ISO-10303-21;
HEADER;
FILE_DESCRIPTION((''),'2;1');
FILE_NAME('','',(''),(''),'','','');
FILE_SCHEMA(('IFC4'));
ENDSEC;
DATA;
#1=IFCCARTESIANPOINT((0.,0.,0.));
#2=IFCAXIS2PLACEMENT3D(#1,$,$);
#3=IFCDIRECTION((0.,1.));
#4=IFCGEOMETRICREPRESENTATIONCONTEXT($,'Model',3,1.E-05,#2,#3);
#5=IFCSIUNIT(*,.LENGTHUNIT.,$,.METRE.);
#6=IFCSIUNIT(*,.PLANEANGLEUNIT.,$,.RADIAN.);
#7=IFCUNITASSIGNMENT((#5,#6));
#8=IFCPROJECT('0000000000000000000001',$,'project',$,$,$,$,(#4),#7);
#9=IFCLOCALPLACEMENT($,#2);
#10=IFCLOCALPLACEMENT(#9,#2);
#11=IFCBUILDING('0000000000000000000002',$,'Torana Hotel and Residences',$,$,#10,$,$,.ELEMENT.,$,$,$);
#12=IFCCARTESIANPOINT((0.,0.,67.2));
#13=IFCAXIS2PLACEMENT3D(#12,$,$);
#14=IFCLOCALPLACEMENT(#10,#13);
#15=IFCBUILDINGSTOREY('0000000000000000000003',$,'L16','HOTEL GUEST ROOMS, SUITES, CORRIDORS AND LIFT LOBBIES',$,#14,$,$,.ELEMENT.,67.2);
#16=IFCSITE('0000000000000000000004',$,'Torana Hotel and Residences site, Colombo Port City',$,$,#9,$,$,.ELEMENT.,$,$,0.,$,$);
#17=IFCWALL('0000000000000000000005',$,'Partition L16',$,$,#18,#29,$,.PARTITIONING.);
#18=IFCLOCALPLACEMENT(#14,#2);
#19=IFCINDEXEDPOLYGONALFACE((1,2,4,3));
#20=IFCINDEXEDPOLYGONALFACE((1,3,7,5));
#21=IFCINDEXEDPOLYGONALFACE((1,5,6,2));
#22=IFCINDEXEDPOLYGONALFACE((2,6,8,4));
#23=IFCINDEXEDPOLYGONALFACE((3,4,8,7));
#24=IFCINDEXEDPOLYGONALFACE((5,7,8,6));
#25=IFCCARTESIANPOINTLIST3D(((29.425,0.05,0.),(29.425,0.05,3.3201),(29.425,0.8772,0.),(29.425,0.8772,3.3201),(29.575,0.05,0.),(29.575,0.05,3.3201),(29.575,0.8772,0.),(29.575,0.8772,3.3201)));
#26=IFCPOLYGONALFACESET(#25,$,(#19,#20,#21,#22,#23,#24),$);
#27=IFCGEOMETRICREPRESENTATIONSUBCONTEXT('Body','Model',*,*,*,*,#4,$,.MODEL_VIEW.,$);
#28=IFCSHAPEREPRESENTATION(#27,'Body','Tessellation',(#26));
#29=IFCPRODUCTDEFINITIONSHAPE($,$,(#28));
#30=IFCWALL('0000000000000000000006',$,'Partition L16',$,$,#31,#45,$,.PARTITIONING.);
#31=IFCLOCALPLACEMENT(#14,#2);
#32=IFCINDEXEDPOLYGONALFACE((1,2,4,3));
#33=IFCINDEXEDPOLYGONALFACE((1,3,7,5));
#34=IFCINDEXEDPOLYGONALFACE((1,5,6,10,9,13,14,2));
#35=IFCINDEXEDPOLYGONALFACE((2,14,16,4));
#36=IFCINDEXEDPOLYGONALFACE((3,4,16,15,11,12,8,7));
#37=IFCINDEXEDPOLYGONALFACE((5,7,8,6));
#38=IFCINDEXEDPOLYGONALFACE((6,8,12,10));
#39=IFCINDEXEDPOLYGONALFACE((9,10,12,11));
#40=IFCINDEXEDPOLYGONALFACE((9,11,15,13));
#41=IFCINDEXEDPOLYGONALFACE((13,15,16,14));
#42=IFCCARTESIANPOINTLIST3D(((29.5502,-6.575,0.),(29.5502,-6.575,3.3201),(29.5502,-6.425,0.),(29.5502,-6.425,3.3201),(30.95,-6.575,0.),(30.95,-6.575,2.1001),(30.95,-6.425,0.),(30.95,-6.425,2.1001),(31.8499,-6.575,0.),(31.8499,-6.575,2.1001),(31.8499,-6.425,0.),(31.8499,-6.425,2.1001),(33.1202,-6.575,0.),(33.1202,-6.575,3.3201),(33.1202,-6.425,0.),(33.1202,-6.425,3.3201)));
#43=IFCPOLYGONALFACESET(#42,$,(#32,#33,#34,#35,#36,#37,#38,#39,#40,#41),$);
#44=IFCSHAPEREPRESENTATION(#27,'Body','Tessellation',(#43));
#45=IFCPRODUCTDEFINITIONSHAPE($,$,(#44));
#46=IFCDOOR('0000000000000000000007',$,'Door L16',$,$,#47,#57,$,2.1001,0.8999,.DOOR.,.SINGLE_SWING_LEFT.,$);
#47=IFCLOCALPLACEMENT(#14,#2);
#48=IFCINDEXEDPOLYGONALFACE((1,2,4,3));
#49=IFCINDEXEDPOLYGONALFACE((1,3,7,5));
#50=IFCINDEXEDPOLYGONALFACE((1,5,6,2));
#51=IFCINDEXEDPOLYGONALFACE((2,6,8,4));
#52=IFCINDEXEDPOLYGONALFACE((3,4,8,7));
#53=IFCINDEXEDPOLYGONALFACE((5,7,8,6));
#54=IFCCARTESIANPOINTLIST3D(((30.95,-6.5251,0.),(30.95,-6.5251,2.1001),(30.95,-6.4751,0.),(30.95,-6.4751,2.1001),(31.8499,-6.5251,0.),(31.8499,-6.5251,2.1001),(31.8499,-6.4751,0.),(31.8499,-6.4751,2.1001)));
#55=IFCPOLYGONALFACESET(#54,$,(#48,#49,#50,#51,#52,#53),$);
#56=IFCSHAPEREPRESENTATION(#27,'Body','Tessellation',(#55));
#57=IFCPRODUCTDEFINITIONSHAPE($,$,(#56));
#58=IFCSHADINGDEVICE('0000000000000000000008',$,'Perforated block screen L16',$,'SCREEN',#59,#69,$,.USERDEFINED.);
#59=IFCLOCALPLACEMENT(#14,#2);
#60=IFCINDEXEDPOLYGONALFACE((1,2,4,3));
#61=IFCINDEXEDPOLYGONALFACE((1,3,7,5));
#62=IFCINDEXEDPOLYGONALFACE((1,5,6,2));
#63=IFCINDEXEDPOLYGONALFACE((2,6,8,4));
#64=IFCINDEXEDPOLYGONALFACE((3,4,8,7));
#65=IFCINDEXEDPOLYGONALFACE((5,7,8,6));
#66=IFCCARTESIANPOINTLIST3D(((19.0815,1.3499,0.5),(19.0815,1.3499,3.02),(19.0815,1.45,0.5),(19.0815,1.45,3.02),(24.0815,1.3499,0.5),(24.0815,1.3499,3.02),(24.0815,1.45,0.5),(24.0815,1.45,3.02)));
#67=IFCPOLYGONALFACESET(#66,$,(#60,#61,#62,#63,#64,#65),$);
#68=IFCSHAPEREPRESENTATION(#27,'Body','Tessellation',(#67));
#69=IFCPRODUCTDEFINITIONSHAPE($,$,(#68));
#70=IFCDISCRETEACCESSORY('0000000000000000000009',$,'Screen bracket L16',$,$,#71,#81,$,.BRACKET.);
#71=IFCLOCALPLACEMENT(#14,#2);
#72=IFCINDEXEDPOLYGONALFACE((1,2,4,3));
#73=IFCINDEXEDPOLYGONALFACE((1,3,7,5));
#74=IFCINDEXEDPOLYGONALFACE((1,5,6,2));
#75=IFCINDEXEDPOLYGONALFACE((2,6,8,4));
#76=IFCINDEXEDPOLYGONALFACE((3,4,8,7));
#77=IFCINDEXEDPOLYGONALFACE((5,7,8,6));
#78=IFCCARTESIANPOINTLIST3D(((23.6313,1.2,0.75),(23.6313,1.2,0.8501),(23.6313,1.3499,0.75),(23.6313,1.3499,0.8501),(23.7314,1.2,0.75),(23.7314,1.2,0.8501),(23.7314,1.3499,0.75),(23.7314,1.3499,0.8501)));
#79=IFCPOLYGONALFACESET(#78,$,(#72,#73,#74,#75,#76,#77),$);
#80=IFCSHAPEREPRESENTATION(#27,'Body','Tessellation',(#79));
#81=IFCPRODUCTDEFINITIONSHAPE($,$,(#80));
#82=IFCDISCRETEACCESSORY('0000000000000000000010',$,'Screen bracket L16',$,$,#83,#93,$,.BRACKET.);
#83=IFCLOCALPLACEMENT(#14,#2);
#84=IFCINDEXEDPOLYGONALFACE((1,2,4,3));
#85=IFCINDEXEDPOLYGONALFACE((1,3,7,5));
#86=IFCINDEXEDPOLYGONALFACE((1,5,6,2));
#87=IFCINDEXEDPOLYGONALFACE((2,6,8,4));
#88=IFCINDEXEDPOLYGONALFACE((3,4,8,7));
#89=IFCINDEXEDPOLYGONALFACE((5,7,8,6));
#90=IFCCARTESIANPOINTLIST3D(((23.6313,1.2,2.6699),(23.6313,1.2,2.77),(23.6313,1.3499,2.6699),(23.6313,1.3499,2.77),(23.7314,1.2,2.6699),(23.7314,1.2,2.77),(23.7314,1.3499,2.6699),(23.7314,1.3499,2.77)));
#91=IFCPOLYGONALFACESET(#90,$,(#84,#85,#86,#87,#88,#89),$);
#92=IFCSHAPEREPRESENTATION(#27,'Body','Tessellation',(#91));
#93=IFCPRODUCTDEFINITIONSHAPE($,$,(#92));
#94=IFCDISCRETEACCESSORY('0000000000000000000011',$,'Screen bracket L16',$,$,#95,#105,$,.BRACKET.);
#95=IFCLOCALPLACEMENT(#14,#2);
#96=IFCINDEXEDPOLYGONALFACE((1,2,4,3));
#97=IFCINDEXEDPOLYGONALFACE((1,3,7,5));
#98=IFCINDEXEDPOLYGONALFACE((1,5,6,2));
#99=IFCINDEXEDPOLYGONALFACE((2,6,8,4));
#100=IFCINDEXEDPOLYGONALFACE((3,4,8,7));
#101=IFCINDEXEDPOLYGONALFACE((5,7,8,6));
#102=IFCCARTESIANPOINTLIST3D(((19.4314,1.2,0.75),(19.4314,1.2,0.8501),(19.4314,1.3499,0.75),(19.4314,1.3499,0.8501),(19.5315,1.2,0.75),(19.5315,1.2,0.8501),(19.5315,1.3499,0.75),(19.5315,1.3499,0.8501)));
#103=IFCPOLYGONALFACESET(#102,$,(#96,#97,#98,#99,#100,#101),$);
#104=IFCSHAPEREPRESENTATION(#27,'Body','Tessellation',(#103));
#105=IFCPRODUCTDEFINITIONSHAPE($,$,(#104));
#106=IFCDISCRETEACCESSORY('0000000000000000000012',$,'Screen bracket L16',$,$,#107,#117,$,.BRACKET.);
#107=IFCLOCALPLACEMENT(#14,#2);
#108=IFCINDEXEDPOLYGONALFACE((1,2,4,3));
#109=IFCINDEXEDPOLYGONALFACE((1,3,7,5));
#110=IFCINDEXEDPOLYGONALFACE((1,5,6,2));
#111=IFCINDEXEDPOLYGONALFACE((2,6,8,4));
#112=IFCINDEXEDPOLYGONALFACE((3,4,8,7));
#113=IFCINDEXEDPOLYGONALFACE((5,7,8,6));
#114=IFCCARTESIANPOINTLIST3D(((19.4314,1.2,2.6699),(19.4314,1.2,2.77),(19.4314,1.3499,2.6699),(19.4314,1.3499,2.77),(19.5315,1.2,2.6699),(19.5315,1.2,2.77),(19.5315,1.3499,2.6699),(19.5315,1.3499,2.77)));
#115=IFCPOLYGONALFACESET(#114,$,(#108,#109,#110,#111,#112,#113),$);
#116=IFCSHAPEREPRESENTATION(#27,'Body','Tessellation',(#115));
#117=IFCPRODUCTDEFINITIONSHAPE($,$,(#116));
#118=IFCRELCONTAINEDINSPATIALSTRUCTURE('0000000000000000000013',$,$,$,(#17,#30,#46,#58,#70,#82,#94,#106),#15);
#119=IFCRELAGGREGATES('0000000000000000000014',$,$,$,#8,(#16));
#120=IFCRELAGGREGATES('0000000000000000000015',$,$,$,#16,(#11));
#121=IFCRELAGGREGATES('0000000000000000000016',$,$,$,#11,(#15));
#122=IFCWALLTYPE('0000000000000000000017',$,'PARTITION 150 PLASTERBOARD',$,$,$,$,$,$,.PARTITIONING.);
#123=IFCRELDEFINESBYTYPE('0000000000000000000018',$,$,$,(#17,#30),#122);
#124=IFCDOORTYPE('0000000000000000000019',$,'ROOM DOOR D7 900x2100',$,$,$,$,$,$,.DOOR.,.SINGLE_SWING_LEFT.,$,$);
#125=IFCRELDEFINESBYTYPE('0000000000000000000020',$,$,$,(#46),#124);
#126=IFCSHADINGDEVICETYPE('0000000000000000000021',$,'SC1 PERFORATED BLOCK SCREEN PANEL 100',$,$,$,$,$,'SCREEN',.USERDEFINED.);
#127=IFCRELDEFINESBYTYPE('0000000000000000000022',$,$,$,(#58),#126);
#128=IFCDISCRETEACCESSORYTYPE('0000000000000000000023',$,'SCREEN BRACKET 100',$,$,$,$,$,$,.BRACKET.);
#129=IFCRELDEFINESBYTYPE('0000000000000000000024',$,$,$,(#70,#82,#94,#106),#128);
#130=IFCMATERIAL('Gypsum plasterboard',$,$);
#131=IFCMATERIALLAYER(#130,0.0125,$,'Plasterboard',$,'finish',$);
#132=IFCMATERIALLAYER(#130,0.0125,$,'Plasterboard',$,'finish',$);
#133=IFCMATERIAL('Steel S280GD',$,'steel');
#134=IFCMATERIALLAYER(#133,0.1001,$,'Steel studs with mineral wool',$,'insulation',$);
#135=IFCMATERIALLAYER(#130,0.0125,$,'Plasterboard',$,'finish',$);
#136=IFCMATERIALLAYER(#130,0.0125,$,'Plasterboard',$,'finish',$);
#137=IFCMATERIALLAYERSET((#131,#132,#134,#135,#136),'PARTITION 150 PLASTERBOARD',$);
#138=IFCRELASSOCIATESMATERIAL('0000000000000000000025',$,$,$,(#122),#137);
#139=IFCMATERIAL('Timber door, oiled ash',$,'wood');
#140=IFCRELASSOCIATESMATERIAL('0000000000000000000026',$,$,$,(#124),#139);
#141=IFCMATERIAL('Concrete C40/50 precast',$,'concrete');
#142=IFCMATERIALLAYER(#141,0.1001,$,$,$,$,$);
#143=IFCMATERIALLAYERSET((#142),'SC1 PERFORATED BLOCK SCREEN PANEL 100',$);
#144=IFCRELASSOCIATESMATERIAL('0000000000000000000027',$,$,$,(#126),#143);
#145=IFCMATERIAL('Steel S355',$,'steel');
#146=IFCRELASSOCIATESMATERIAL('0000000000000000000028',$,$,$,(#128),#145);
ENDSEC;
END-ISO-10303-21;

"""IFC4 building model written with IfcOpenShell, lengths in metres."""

from ifc_helpers import new_model, si_unit, direction, frame, frame_2d, origin, origin_2d, place, context, subcontext, project, spatial, rectangle, extrude, material, layer, layer_set, type_object, element, fill, save


model = new_model("IFC4")

# Units and contexts
model_context = context("Model", 3, precision=1e-05, world=origin(), true_north=direction((0.0, 1.0)))
body_context = subcontext(model_context, "Body", "Model", "MODEL_VIEW")
ifc_project = project(units=[si_unit("LENGTHUNIT", "METRE"), si_unit("PLANEANGLEUNIT", "RADIAN")], contexts=[model_context])

# Site, building, storey
site_placement = place(None, origin())
site = spatial("IfcSite", under=ifc_project, at=site_placement, Name="Torana Hotel and Residences site, Colombo Port City", CompositionType="ELEMENT", RefElevation=0.0)
building_placement = place(site_placement, origin())
building = spatial("IfcBuilding", under=site, at=building_placement, Name="Torana Hotel and Residences", CompositionType="ELEMENT")
storey_placement = place(building_placement, frame((0.0, 0.0, 67.2)))
storey = spatial("IfcBuildingStorey", under=building, at=storey_placement, Name="L16", Description="HOTEL GUEST ROOMS, SUITES, CORRIDORS AND LIFT LOBBIES", CompositionType="ELEMENT", Elevation=67.2)

# Shared definitions
ifc_material_1 = material(Name="Steel S280GD", Category="steel")

# Wall
ifc_material_2 = material(Name="Gypsum plasterboard")
ifc_layer_1 = layer(ifc_material_2, 0.0125, Name="Plasterboard", Category="finish")
ifc_layer_2 = layer(ifc_material_2, 0.0125, Name="Plasterboard", Category="finish")
ifc_layer_3 = layer(ifc_material_1, 0.1001, Name="Steel studs with mineral wool", Category="insulation")
ifc_layer_4 = layer(ifc_material_2, 0.0125, Name="Plasterboard", Category="finish")
ifc_layer_5 = layer(ifc_material_2, 0.0125, Name="Plasterboard", Category="finish")
ifc_layer_set_1 = layer_set([ifc_layer_1, ifc_layer_2, ifc_layer_3, ifc_layer_4, ifc_layer_5], Name="PARTITION 150 PLASTERBOARD")
wall_type_1 = type_object("IfcWallType", Name="PARTITION 150 PLASTERBOARD", PredefinedType="PARTITIONING", material=ifc_layer_set_1)
wall_1_placement = place(storey_placement, frame((29.5, 0.05, 0.0), z_axis=(0.0, 0.0, 1.0), x_axis=(0.0, 1.0, 0.0)))
element("IfcWall", 1, at=wall_1_placement, inside=storey, type_object=wall_type_1, Name="Partition L16", PredefinedType="PARTITIONING", context=body_context, shape_type="SweptSolid", body=[
    extrude(rectangle(XDim=0.8271, YDim=0.1499, at=frame_2d((0.4136, 0.0))), origin(), (0.0, 0.0, 1.0), 3.3201),
])

# Wall, opening, door
wall_2_placement = place(storey_placement, frame((29.55, -6.5, 0.0), z_axis=(0.0, 0.0, 1.0), x_axis=(1.0, 0.0, 0.0)))
wall_2 = element("IfcWall", 2, at=wall_2_placement, inside=storey, type_object=wall_type_1, Name="Partition L16", PredefinedType="PARTITIONING", context=body_context, shape_type="SweptSolid", body=[
    extrude(rectangle(XDim=3.5701, YDim=0.1499, at=frame_2d((1.7852, 0.0))), origin(), (0.0, 0.0, 1.0), 3.3201),
])
opening_1_placement = place(wall_2_placement, frame((1.3999, 0.0, 0.0)))
opening_1 = element("IfcOpeningElement", 3, at=opening_1_placement, cuts=wall_2, PredefinedType="OPENING", context=body_context, shape_type="SweptSolid", body=[
    extrude(rectangle(XDim=0.8999, YDim=2.1001, at=frame_2d((0.45, 1.05))), frame((0.0, 0.085, 0.0), z_axis=(0.0, -1.0, 0.0), x_axis=(1.0, 0.0, 0.0)), (0.0, 0.0, 1.0), 0.1699),
])
ifc_material_3 = material(Name="Timber door, oiled ash", Category="wood")
door_type = type_object("IfcDoorType", Name="ROOM DOOR D7 900x2100", OperationType="SINGLE_SWING_LEFT", PredefinedType="DOOR", material=ifc_material_3)
door_placement = place(opening_1_placement, origin())
door = element("IfcDoor", 4, at=door_placement, inside=storey, type_object=door_type, Name="Door L16", OperationType="SINGLE_SWING_LEFT", OverallHeight=2.1001, OverallWidth=0.8999, PredefinedType="DOOR", context=body_context, shape_type="SweptSolid", body=[
    extrude(rectangle(XDim=0.8999, YDim=2.1001, at=frame_2d((0.45, 1.05))), frame((0.0, 0.0249, 0.0), z_axis=(0.0, -1.0, 0.0), x_axis=(1.0, 0.0, 0.0)), (0.0, 0.0, 1.0), 0.05),
])
fill(opening_1, door)

# Shading device
ifc_material_4 = material(Name="Concrete C40/50 precast", Category="concrete")
ifc_layer_6 = layer(ifc_material_4, 0.1001)
ifc_layer_set_2 = layer_set([ifc_layer_6], Name="SC1 PERFORATED BLOCK SCREEN PANEL 100")
shading_device_type = type_object("IfcShadingDeviceType", Name="SC1 PERFORATED BLOCK SCREEN PANEL 100", ElementType="SCREEN", PredefinedType="USERDEFINED", material=ifc_layer_set_2)
shading_device_placement = place(storey_placement, frame((21.5815, 1.3999, 0.5), z_axis=(0.0, 0.0, 1.0), x_axis=(-1.0, 0.0, 0.0)))
element("IfcShadingDevice", 5, at=shading_device_placement, inside=storey, type_object=shading_device_type, Name="Perforated block screen L16", ObjectType="SCREEN", PredefinedType="USERDEFINED", context=body_context, shape_type="SweptSolid", body=[
    extrude(rectangle(XDim=5.0, YDim=0.1001, at=origin_2d()), origin(), (0.0, 0.0, 1.0), 2.52),
])

# Discrete accessories
ifc_material_5 = material(Name="Steel S355", Category="steel")
discrete_accessory_type = type_object("IfcDiscreteAccessoryType", Name="SCREEN BRACKET 100", PredefinedType="BRACKET", material=ifc_material_5)
for number, where, z_axis, x_axis, name in (
    (6, (23.6814, 1.2749, 0.75), (0.0, 0.0, 1.0), (-1.0, 0.0, 0.0), "Screen bracket L16"),
    (7, (23.6814, 1.2749, 2.6699), (0.0, 0.0, 1.0), (-1.0, 0.0, 0.0), "Screen bracket L16"),
    (8, (19.4814, 1.2749, 0.75), (0.0, 0.0, 1.0), (-1.0, 0.0, 0.0), "Screen bracket L16"),
    (9, (19.4814, 1.2749, 2.6699), (0.0, 0.0, 1.0), (-1.0, 0.0, 0.0), "Screen bracket L16"),
):
    element("IfcDiscreteAccessory", number, at=place(storey_placement, frame(where, z_axis=z_axis, x_axis=x_axis)), inside=storey, type_object=discrete_accessory_type, Name=name, PredefinedType="BRACKET", context=body_context, shape_type="SweptSolid", body=[
        extrude(rectangle(XDim=0.1001, YDim=0.1499, at=origin_2d()), origin(), (0.0, 0.0, 1.0), 0.1001),
    ])

save(model, "model.ifc")
